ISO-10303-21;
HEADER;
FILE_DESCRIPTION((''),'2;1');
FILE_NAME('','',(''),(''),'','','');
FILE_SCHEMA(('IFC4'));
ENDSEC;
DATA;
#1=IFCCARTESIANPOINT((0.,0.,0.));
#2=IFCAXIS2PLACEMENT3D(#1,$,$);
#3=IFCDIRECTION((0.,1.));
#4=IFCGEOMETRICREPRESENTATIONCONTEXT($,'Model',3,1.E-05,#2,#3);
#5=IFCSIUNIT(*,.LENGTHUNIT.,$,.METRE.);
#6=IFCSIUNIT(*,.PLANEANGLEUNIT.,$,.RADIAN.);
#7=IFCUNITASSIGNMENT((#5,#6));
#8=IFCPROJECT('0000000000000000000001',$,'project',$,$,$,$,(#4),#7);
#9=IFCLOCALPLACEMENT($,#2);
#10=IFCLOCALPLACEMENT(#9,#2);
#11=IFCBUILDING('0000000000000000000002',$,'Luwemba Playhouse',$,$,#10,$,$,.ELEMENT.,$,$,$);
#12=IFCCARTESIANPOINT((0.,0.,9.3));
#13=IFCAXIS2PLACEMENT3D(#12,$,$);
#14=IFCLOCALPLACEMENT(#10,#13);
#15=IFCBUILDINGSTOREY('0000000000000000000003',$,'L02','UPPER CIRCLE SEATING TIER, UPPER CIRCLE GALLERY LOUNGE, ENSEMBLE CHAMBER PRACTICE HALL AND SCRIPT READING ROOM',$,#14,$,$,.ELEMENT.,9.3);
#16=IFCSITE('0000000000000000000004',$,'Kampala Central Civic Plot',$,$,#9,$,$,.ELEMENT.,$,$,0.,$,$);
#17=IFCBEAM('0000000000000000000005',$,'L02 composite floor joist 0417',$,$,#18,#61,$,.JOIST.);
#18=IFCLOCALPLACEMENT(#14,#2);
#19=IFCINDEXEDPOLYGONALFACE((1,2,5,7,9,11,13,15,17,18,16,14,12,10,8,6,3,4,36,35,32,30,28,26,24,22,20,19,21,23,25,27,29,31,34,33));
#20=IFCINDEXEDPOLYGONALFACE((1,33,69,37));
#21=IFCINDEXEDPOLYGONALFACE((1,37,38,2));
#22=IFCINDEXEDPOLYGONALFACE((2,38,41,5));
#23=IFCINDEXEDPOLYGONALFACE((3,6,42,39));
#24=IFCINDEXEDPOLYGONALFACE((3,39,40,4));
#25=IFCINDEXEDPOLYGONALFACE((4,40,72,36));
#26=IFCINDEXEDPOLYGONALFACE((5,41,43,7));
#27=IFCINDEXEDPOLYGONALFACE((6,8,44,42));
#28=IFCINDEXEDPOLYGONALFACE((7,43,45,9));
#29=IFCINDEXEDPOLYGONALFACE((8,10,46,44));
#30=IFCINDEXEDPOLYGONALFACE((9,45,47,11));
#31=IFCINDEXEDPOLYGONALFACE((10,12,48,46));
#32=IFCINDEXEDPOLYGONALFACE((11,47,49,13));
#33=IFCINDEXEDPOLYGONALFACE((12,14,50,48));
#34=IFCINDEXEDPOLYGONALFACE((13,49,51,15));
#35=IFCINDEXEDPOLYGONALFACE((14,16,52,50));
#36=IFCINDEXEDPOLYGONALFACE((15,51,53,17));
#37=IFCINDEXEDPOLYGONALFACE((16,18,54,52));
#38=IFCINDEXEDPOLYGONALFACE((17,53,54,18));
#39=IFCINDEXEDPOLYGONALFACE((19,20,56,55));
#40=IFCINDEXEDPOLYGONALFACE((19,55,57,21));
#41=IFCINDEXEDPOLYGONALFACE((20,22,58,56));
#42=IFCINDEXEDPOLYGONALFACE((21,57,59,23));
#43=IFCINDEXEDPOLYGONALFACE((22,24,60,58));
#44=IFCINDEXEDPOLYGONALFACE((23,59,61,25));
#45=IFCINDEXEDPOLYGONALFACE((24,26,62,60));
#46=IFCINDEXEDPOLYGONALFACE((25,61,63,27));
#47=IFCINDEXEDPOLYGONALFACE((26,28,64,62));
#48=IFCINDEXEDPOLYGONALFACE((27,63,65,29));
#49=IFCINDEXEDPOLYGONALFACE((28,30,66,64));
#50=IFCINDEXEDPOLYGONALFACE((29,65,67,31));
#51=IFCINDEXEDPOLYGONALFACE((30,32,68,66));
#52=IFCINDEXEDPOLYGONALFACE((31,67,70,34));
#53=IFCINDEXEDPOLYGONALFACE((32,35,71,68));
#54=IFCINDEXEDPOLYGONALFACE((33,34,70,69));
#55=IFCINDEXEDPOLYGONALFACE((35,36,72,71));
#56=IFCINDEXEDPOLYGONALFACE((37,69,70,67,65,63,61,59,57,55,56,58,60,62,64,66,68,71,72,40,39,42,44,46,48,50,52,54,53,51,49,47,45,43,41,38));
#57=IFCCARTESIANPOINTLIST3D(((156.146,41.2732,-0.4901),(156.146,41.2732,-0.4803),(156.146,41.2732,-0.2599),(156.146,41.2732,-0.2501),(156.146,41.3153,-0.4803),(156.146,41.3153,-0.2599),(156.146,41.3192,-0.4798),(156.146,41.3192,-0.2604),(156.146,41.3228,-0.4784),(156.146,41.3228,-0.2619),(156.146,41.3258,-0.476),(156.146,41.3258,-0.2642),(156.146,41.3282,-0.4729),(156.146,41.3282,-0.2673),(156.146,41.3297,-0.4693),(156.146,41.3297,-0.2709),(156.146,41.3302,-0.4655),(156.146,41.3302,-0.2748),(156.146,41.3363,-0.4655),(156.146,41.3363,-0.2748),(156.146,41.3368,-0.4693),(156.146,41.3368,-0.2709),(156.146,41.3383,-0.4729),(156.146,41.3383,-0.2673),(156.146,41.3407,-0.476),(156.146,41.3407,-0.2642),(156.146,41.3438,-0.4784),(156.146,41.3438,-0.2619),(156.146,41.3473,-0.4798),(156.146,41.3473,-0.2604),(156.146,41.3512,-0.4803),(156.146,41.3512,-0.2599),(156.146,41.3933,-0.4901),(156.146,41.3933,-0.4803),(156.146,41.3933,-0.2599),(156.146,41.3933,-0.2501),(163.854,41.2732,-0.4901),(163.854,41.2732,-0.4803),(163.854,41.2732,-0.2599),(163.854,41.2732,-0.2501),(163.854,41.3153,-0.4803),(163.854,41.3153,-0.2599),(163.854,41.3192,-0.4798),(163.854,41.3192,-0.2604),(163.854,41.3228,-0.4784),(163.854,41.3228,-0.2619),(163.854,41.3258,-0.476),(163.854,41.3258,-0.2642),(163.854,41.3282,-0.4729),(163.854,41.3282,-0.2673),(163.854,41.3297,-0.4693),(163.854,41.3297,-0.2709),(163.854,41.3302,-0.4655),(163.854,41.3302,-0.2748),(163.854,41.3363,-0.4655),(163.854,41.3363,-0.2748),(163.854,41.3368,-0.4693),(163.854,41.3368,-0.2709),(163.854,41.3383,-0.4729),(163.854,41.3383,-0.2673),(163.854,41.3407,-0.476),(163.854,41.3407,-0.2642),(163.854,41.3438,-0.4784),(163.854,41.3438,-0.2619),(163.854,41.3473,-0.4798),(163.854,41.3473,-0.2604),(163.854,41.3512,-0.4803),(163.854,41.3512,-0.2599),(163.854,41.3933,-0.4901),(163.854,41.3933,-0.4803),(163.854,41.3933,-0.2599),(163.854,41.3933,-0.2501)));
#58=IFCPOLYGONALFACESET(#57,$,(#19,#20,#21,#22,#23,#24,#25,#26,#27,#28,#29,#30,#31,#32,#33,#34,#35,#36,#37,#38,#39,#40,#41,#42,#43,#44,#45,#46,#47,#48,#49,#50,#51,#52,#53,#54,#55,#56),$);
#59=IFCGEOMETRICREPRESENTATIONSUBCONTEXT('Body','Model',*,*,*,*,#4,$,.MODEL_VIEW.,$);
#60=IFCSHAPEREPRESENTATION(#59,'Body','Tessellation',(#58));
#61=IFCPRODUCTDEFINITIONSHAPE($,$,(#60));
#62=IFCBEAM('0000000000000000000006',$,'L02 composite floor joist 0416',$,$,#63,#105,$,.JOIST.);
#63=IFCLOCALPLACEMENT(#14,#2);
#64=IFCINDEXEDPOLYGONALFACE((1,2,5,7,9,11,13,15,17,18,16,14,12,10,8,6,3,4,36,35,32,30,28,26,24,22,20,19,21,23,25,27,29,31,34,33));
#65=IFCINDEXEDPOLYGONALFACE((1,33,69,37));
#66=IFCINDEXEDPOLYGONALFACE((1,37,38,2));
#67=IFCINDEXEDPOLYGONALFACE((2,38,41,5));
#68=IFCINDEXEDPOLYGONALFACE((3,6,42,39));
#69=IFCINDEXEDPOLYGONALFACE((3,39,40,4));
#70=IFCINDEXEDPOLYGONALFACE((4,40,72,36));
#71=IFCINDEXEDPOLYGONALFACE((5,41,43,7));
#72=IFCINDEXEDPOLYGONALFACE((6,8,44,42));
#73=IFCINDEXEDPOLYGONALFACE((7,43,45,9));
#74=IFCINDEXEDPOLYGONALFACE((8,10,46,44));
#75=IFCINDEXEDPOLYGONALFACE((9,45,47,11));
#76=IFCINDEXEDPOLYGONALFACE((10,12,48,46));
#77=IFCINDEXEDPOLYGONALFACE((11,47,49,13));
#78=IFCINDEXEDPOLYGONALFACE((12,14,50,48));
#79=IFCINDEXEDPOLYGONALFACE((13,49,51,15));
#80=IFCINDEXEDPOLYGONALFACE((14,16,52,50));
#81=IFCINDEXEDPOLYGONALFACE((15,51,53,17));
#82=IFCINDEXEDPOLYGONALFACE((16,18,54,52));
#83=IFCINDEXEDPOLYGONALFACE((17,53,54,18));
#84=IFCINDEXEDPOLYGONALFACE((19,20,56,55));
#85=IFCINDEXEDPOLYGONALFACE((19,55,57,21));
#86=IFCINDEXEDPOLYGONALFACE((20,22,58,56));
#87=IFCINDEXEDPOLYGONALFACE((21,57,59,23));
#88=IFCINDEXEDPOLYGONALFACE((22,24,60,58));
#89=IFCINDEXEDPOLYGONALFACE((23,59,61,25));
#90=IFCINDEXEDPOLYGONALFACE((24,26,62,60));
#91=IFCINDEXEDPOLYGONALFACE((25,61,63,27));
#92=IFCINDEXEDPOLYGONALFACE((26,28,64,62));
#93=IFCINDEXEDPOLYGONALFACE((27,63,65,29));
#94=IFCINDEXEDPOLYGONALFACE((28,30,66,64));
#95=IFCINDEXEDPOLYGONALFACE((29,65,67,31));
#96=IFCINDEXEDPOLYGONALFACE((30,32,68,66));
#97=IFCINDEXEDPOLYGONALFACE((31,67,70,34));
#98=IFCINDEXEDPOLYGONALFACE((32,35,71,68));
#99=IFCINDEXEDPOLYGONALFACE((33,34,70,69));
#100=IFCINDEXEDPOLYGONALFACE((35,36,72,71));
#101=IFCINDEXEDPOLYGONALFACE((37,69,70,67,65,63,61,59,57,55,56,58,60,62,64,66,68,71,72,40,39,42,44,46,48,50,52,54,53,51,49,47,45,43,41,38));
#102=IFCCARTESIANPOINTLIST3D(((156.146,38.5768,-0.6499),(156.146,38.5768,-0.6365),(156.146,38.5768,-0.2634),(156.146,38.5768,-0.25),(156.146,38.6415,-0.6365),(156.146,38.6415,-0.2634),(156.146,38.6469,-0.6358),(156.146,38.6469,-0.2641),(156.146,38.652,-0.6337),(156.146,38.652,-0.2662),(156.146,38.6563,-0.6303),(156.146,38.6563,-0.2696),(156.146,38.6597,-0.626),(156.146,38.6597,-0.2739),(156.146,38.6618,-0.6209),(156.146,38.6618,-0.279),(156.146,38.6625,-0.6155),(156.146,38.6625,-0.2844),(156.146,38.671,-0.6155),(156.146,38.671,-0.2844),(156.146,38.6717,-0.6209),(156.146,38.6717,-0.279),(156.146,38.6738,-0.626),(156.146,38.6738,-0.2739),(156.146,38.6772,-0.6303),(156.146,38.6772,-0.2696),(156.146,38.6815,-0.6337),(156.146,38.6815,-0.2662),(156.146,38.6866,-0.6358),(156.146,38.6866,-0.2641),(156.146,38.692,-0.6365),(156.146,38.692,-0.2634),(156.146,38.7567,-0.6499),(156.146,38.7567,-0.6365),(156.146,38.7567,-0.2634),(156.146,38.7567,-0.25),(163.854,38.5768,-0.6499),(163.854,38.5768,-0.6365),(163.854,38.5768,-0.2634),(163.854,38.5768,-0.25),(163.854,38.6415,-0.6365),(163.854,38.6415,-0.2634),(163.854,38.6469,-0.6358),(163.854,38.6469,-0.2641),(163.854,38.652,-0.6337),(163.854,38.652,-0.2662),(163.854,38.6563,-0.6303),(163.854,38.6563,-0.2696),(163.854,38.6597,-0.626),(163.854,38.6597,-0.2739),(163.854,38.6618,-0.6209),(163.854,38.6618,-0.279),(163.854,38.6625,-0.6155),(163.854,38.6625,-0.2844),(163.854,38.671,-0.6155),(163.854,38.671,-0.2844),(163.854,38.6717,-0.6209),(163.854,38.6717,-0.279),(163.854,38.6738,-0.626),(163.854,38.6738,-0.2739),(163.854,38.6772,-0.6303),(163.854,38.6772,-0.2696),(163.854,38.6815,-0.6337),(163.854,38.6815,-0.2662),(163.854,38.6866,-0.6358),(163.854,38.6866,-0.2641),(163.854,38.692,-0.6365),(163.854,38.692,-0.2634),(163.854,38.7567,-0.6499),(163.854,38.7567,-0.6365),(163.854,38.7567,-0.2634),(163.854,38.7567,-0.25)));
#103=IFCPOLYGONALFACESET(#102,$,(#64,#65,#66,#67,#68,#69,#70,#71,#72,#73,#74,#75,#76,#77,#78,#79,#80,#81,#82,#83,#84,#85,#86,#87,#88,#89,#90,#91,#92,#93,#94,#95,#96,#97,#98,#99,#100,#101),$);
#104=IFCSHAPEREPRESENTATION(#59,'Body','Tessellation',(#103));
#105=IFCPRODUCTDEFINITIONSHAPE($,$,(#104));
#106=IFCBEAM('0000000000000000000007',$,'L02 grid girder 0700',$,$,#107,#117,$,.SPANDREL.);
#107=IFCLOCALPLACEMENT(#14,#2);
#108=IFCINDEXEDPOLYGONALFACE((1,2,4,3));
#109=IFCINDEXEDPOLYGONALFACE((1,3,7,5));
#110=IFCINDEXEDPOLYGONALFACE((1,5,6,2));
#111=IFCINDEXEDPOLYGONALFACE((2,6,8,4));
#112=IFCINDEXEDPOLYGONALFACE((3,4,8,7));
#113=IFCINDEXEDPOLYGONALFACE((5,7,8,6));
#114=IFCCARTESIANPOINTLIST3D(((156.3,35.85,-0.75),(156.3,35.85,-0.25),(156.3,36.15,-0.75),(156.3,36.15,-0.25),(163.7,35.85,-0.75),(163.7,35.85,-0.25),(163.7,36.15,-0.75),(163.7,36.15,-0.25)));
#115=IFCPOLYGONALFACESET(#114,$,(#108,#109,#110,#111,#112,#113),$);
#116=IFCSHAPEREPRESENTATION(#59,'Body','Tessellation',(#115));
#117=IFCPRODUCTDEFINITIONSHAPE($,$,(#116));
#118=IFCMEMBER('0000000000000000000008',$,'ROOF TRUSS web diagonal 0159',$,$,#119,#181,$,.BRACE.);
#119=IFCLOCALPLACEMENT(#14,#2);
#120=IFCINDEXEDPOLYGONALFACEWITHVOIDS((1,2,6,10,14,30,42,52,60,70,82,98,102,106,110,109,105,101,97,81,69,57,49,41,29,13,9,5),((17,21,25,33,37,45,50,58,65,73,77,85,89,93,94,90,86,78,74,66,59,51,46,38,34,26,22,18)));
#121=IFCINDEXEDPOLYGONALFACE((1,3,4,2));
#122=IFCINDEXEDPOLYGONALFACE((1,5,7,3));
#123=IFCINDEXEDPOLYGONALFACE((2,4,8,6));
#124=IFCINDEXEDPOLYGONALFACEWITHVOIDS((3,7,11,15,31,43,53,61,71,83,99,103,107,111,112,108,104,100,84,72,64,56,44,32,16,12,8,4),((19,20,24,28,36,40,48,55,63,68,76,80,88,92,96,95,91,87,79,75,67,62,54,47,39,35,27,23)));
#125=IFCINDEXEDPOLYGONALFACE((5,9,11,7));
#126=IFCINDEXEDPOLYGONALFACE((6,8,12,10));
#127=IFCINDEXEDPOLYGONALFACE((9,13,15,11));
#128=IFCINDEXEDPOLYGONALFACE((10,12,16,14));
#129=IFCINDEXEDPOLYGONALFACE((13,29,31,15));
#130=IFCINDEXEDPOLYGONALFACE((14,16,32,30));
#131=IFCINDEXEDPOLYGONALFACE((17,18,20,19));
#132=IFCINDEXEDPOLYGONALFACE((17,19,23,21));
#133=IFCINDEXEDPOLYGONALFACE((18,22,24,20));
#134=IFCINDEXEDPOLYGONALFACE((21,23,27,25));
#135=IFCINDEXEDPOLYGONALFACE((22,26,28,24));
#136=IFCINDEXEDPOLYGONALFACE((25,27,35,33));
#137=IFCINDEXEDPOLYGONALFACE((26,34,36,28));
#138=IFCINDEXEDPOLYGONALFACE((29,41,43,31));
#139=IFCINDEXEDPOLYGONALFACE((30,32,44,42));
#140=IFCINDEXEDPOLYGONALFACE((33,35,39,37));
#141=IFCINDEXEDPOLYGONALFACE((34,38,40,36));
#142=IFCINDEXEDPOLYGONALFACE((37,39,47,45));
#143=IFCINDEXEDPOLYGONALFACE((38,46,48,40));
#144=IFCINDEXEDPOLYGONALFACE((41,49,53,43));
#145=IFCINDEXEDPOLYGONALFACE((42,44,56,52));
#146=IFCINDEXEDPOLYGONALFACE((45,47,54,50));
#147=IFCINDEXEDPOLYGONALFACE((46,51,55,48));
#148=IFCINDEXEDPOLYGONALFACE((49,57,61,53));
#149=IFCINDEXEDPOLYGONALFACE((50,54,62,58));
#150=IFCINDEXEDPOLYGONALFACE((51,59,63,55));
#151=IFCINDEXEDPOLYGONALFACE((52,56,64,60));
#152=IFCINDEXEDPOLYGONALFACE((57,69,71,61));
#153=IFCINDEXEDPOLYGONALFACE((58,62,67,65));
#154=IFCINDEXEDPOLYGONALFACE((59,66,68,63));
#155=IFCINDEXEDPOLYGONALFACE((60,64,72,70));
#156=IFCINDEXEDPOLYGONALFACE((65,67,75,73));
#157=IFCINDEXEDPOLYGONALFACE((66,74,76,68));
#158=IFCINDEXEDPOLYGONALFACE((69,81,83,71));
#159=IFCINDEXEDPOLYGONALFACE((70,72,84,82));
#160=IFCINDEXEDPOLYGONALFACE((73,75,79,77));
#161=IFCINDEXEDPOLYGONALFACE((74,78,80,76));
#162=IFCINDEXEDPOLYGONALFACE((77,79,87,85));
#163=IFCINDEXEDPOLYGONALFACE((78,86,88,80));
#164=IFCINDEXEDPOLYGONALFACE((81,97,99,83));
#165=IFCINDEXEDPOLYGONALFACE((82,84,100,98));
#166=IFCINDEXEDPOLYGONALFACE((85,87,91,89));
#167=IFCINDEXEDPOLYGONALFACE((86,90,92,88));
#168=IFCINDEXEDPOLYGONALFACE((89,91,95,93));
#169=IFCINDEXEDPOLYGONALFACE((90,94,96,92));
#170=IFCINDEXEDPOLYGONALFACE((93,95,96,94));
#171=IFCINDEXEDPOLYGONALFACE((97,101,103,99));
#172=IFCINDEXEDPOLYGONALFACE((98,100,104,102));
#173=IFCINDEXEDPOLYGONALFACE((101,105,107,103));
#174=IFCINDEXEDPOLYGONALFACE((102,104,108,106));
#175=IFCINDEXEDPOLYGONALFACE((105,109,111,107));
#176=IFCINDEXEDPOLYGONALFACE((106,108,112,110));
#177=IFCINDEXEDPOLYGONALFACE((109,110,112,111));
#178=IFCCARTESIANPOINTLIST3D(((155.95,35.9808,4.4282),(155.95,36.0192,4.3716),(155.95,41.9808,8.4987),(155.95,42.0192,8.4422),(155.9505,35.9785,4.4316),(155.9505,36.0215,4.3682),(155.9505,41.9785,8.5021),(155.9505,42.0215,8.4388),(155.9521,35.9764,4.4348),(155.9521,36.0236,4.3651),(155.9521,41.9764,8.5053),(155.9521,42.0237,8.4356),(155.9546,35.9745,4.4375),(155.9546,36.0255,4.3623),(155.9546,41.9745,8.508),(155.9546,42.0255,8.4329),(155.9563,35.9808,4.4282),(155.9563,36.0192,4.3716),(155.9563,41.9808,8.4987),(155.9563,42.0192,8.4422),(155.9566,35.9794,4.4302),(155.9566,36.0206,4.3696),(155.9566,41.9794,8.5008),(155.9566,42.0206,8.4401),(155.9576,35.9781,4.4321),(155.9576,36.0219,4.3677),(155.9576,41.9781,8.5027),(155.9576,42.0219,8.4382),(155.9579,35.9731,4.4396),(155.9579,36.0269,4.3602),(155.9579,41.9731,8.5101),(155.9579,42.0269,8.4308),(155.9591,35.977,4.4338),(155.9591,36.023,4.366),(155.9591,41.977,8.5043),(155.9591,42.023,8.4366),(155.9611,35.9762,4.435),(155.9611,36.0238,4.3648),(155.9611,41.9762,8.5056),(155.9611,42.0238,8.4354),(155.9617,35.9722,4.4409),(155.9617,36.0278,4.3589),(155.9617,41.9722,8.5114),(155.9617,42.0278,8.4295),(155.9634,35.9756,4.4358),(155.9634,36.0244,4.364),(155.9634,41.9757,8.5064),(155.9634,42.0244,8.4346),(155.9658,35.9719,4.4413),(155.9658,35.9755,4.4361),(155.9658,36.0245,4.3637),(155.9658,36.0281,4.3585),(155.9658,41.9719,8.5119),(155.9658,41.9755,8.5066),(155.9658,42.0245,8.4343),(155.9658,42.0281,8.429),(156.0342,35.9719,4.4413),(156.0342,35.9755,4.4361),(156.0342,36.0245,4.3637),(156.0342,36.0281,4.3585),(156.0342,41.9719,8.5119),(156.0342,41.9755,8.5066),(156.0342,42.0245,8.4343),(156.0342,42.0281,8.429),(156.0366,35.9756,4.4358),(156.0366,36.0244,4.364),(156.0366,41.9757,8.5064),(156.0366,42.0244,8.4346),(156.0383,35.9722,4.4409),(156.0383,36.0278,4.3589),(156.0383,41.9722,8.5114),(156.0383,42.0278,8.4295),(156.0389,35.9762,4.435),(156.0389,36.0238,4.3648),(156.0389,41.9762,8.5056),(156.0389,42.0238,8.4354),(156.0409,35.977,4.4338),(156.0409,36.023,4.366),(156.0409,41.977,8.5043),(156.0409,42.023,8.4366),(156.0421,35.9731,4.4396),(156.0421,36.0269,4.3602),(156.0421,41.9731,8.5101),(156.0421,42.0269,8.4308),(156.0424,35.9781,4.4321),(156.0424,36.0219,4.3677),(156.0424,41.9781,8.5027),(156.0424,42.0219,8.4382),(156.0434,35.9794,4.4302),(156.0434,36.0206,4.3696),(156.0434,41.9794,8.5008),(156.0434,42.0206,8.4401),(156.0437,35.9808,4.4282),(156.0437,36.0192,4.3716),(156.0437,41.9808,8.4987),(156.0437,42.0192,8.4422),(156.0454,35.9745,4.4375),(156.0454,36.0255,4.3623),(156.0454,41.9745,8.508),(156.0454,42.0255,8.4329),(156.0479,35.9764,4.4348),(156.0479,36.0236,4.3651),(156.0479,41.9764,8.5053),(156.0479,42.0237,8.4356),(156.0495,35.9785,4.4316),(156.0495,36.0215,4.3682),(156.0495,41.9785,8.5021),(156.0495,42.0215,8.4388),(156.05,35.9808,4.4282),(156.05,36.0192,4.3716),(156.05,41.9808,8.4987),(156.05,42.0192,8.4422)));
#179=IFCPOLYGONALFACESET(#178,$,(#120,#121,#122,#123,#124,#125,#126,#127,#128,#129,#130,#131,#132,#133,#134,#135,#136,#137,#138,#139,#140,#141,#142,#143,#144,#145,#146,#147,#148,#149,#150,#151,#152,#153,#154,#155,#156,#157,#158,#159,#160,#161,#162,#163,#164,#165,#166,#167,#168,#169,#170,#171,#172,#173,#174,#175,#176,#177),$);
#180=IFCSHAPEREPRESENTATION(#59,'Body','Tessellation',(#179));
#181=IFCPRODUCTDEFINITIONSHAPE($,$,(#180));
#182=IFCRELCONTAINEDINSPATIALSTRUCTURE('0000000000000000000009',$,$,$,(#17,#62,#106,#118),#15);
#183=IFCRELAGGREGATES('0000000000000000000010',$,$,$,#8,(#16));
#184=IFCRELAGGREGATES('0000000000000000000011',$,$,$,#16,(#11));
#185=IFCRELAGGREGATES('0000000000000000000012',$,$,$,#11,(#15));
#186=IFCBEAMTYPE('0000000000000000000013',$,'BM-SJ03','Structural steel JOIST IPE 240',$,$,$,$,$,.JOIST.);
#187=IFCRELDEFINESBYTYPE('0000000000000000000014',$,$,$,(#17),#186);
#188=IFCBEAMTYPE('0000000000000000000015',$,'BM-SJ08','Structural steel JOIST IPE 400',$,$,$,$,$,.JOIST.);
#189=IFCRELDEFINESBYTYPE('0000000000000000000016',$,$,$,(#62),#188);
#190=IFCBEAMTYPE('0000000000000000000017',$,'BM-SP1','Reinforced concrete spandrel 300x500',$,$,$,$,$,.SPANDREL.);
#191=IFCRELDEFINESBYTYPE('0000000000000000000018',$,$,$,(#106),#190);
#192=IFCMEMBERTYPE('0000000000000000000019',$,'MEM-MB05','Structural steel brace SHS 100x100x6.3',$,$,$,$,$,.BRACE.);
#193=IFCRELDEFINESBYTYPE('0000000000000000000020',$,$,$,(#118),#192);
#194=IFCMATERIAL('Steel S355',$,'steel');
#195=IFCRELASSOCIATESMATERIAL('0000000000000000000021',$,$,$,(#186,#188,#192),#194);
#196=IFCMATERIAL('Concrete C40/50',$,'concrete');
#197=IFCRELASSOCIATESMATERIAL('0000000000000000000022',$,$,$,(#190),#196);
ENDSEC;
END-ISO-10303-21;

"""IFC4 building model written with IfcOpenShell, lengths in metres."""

from ifc_helpers import new_model, si_unit, direction, frame, origin, origin_2d, place, context, subcontext, project, spatial, rectangle, hollow_rectangle, i_section, extrude, material, material_profile, profile_set, type_object, element, save


model = new_model("IFC4")

# Units and contexts
model_context = context("Model", 3, precision=1e-05, world=origin(), true_north=direction((0.0, 1.0)))
body_context = subcontext(model_context, "Body", "Model", "MODEL_VIEW")
ifc_project = project(units=[si_unit("LENGTHUNIT", "METRE"), si_unit("PLANEANGLEUNIT", "RADIAN")], contexts=[model_context])

# Site, building, storey
site_placement = place(None, origin())
site = spatial("IfcSite", under=ifc_project, at=site_placement, Name="Kampala Central Civic Plot", CompositionType="ELEMENT", RefElevation=0.0)
building_placement = place(site_placement, origin())
building = spatial("IfcBuilding", under=site, at=building_placement, Name="Luwemba Playhouse", CompositionType="ELEMENT")
storey_placement = place(building_placement, frame((0.0, 0.0, 9.3)))
storey = spatial("IfcBuildingStorey", under=building, at=storey_placement, Name="L02", Description="UPPER CIRCLE SEATING TIER, UPPER CIRCLE GALLERY LOUNGE, ENSEMBLE CHAMBER PRACTICE HALL AND SCRIPT READING ROOM", CompositionType="ELEMENT", Elevation=9.3)

# Shared definitions
ifc_material_1 = material(Name="Concrete C40/50", Category="concrete")

# Beams
ifc_material_2 = material(Name="Steel S355", Category="steel")
ifc_material_profile_1 = material_profile(ifc_material_2, i_section(OverallWidth=0.1201, OverallDepth=0.24, WebThickness=0.0061, FlangeThickness=0.0098, FilletRadius=0.0149, at=origin_2d()))
ifc_profile_set_1 = profile_set([ifc_material_profile_1], Name="Steel S355")
beam_type_1 = type_object("IfcBeamType", Name="BM-SJ03", Description="Structural steel JOIST IPE 240", PredefinedType="JOIST", material=ifc_profile_set_1)
beam_1_placement = place(storey_placement, frame((156.146, 41.3333, -0.3701), z_axis=(1.0, 0.0, 0.0), x_axis=(0.0, 1.0, 0.0)))
element("IfcBeam", 1, at=beam_1_placement, inside=storey, type_object=beam_type_1, Name="L02 composite floor joist 0417", PredefinedType="JOIST", context=body_context, shape_type="SweptSolid", body=[
    extrude(i_section(OverallWidth=0.1201, OverallDepth=0.24, WebThickness=0.0061, FlangeThickness=0.0098, FilletRadius=0.0149, at=origin_2d()), origin(), (0.0, 0.0, 1.0), 7.708),
])
ifc_material_profile_2 = material_profile(ifc_material_2, i_section(OverallWidth=0.1799, OverallDepth=0.3999, WebThickness=0.0085, FlangeThickness=0.0134, FilletRadius=0.021, at=origin_2d()))
ifc_profile_set_2 = profile_set([ifc_material_profile_2], Name="Steel S355")
beam_type_2 = type_object("IfcBeamType", Name="BM-SJ08", Description="Structural steel JOIST IPE 400", PredefinedType="JOIST", material=ifc_profile_set_2)
beam_2_placement = place(storey_placement, frame((156.146, 38.6667, -0.45), z_axis=(1.0, 0.0, 0.0), x_axis=(0.0, 1.0, 0.0)))
element("IfcBeam", 2, at=beam_2_placement, inside=storey, type_object=beam_type_2, Name="L02 composite floor joist 0416", PredefinedType="JOIST", context=body_context, shape_type="SweptSolid", body=[
    extrude(i_section(OverallWidth=0.1799, OverallDepth=0.3999, WebThickness=0.0085, FlangeThickness=0.0134, FilletRadius=0.021, at=origin_2d()), origin(), (0.0, 0.0, 1.0), 7.708),
])
ifc_material_profile_3 = material_profile(ifc_material_1, rectangle(XDim=0.3, YDim=0.5, at=origin_2d()))
ifc_profile_set_3 = profile_set([ifc_material_profile_3], Name="Concrete C40/50")
beam_type_3 = type_object("IfcBeamType", Name="BM-SP1", Description="Reinforced concrete spandrel 300x500", PredefinedType="SPANDREL", material=ifc_profile_set_3)
beam_3_placement = place(storey_placement, frame((156.3, 36.0, -0.5), z_axis=(1.0, 0.0, 0.0), x_axis=(0.0, 1.0, 0.0)))
element("IfcBeam", 3, at=beam_3_placement, inside=storey, type_object=beam_type_3, Name="L02 grid girder 0700", PredefinedType="SPANDREL", context=body_context, shape_type="SweptSolid", body=[
    extrude(rectangle(XDim=0.3, YDim=0.5, at=origin_2d()), origin(), (0.0, 0.0, 1.0), 7.3999),
])

# Member
ifc_material_profile_4 = material_profile(ifc_material_2, hollow_rectangle(XDim=0.1001, YDim=0.1001, WallThickness=0.0063, InnerFilletRadius=0.0095, OuterFilletRadius=0.0159, at=origin_2d()))
ifc_profile_set_4 = profile_set([ifc_material_profile_4], Name="Steel S355")
member_type_1 = type_object("IfcMemberType", Name="MEM-MB05", Description="Structural steel brace SHS 100x100x6.3", PredefinedType="BRACE", material=ifc_profile_set_4)
member_1_placement = place(storey_placement, frame((156.0, 36.0, 4.3999), z_axis=(0.0, 0.827532, 0.561419), x_axis=(-1.0, 0.0, 0.0)))
element("IfcMember", 4, at=member_1_placement, inside=storey, type_object=member_type_1, Name="ROOF TRUSS web diagonal 0159", PredefinedType="BRACE", context=body_context, shape_type="SweptSolid", body=[
    extrude(hollow_rectangle(XDim=0.1001, YDim=0.1001, WallThickness=0.0063, InnerFilletRadius=0.0095, OuterFilletRadius=0.0159, at=origin_2d()), origin(), (0.0, 0.0, 1.0), 7.2505),
])

save(model, "model.ifc")
